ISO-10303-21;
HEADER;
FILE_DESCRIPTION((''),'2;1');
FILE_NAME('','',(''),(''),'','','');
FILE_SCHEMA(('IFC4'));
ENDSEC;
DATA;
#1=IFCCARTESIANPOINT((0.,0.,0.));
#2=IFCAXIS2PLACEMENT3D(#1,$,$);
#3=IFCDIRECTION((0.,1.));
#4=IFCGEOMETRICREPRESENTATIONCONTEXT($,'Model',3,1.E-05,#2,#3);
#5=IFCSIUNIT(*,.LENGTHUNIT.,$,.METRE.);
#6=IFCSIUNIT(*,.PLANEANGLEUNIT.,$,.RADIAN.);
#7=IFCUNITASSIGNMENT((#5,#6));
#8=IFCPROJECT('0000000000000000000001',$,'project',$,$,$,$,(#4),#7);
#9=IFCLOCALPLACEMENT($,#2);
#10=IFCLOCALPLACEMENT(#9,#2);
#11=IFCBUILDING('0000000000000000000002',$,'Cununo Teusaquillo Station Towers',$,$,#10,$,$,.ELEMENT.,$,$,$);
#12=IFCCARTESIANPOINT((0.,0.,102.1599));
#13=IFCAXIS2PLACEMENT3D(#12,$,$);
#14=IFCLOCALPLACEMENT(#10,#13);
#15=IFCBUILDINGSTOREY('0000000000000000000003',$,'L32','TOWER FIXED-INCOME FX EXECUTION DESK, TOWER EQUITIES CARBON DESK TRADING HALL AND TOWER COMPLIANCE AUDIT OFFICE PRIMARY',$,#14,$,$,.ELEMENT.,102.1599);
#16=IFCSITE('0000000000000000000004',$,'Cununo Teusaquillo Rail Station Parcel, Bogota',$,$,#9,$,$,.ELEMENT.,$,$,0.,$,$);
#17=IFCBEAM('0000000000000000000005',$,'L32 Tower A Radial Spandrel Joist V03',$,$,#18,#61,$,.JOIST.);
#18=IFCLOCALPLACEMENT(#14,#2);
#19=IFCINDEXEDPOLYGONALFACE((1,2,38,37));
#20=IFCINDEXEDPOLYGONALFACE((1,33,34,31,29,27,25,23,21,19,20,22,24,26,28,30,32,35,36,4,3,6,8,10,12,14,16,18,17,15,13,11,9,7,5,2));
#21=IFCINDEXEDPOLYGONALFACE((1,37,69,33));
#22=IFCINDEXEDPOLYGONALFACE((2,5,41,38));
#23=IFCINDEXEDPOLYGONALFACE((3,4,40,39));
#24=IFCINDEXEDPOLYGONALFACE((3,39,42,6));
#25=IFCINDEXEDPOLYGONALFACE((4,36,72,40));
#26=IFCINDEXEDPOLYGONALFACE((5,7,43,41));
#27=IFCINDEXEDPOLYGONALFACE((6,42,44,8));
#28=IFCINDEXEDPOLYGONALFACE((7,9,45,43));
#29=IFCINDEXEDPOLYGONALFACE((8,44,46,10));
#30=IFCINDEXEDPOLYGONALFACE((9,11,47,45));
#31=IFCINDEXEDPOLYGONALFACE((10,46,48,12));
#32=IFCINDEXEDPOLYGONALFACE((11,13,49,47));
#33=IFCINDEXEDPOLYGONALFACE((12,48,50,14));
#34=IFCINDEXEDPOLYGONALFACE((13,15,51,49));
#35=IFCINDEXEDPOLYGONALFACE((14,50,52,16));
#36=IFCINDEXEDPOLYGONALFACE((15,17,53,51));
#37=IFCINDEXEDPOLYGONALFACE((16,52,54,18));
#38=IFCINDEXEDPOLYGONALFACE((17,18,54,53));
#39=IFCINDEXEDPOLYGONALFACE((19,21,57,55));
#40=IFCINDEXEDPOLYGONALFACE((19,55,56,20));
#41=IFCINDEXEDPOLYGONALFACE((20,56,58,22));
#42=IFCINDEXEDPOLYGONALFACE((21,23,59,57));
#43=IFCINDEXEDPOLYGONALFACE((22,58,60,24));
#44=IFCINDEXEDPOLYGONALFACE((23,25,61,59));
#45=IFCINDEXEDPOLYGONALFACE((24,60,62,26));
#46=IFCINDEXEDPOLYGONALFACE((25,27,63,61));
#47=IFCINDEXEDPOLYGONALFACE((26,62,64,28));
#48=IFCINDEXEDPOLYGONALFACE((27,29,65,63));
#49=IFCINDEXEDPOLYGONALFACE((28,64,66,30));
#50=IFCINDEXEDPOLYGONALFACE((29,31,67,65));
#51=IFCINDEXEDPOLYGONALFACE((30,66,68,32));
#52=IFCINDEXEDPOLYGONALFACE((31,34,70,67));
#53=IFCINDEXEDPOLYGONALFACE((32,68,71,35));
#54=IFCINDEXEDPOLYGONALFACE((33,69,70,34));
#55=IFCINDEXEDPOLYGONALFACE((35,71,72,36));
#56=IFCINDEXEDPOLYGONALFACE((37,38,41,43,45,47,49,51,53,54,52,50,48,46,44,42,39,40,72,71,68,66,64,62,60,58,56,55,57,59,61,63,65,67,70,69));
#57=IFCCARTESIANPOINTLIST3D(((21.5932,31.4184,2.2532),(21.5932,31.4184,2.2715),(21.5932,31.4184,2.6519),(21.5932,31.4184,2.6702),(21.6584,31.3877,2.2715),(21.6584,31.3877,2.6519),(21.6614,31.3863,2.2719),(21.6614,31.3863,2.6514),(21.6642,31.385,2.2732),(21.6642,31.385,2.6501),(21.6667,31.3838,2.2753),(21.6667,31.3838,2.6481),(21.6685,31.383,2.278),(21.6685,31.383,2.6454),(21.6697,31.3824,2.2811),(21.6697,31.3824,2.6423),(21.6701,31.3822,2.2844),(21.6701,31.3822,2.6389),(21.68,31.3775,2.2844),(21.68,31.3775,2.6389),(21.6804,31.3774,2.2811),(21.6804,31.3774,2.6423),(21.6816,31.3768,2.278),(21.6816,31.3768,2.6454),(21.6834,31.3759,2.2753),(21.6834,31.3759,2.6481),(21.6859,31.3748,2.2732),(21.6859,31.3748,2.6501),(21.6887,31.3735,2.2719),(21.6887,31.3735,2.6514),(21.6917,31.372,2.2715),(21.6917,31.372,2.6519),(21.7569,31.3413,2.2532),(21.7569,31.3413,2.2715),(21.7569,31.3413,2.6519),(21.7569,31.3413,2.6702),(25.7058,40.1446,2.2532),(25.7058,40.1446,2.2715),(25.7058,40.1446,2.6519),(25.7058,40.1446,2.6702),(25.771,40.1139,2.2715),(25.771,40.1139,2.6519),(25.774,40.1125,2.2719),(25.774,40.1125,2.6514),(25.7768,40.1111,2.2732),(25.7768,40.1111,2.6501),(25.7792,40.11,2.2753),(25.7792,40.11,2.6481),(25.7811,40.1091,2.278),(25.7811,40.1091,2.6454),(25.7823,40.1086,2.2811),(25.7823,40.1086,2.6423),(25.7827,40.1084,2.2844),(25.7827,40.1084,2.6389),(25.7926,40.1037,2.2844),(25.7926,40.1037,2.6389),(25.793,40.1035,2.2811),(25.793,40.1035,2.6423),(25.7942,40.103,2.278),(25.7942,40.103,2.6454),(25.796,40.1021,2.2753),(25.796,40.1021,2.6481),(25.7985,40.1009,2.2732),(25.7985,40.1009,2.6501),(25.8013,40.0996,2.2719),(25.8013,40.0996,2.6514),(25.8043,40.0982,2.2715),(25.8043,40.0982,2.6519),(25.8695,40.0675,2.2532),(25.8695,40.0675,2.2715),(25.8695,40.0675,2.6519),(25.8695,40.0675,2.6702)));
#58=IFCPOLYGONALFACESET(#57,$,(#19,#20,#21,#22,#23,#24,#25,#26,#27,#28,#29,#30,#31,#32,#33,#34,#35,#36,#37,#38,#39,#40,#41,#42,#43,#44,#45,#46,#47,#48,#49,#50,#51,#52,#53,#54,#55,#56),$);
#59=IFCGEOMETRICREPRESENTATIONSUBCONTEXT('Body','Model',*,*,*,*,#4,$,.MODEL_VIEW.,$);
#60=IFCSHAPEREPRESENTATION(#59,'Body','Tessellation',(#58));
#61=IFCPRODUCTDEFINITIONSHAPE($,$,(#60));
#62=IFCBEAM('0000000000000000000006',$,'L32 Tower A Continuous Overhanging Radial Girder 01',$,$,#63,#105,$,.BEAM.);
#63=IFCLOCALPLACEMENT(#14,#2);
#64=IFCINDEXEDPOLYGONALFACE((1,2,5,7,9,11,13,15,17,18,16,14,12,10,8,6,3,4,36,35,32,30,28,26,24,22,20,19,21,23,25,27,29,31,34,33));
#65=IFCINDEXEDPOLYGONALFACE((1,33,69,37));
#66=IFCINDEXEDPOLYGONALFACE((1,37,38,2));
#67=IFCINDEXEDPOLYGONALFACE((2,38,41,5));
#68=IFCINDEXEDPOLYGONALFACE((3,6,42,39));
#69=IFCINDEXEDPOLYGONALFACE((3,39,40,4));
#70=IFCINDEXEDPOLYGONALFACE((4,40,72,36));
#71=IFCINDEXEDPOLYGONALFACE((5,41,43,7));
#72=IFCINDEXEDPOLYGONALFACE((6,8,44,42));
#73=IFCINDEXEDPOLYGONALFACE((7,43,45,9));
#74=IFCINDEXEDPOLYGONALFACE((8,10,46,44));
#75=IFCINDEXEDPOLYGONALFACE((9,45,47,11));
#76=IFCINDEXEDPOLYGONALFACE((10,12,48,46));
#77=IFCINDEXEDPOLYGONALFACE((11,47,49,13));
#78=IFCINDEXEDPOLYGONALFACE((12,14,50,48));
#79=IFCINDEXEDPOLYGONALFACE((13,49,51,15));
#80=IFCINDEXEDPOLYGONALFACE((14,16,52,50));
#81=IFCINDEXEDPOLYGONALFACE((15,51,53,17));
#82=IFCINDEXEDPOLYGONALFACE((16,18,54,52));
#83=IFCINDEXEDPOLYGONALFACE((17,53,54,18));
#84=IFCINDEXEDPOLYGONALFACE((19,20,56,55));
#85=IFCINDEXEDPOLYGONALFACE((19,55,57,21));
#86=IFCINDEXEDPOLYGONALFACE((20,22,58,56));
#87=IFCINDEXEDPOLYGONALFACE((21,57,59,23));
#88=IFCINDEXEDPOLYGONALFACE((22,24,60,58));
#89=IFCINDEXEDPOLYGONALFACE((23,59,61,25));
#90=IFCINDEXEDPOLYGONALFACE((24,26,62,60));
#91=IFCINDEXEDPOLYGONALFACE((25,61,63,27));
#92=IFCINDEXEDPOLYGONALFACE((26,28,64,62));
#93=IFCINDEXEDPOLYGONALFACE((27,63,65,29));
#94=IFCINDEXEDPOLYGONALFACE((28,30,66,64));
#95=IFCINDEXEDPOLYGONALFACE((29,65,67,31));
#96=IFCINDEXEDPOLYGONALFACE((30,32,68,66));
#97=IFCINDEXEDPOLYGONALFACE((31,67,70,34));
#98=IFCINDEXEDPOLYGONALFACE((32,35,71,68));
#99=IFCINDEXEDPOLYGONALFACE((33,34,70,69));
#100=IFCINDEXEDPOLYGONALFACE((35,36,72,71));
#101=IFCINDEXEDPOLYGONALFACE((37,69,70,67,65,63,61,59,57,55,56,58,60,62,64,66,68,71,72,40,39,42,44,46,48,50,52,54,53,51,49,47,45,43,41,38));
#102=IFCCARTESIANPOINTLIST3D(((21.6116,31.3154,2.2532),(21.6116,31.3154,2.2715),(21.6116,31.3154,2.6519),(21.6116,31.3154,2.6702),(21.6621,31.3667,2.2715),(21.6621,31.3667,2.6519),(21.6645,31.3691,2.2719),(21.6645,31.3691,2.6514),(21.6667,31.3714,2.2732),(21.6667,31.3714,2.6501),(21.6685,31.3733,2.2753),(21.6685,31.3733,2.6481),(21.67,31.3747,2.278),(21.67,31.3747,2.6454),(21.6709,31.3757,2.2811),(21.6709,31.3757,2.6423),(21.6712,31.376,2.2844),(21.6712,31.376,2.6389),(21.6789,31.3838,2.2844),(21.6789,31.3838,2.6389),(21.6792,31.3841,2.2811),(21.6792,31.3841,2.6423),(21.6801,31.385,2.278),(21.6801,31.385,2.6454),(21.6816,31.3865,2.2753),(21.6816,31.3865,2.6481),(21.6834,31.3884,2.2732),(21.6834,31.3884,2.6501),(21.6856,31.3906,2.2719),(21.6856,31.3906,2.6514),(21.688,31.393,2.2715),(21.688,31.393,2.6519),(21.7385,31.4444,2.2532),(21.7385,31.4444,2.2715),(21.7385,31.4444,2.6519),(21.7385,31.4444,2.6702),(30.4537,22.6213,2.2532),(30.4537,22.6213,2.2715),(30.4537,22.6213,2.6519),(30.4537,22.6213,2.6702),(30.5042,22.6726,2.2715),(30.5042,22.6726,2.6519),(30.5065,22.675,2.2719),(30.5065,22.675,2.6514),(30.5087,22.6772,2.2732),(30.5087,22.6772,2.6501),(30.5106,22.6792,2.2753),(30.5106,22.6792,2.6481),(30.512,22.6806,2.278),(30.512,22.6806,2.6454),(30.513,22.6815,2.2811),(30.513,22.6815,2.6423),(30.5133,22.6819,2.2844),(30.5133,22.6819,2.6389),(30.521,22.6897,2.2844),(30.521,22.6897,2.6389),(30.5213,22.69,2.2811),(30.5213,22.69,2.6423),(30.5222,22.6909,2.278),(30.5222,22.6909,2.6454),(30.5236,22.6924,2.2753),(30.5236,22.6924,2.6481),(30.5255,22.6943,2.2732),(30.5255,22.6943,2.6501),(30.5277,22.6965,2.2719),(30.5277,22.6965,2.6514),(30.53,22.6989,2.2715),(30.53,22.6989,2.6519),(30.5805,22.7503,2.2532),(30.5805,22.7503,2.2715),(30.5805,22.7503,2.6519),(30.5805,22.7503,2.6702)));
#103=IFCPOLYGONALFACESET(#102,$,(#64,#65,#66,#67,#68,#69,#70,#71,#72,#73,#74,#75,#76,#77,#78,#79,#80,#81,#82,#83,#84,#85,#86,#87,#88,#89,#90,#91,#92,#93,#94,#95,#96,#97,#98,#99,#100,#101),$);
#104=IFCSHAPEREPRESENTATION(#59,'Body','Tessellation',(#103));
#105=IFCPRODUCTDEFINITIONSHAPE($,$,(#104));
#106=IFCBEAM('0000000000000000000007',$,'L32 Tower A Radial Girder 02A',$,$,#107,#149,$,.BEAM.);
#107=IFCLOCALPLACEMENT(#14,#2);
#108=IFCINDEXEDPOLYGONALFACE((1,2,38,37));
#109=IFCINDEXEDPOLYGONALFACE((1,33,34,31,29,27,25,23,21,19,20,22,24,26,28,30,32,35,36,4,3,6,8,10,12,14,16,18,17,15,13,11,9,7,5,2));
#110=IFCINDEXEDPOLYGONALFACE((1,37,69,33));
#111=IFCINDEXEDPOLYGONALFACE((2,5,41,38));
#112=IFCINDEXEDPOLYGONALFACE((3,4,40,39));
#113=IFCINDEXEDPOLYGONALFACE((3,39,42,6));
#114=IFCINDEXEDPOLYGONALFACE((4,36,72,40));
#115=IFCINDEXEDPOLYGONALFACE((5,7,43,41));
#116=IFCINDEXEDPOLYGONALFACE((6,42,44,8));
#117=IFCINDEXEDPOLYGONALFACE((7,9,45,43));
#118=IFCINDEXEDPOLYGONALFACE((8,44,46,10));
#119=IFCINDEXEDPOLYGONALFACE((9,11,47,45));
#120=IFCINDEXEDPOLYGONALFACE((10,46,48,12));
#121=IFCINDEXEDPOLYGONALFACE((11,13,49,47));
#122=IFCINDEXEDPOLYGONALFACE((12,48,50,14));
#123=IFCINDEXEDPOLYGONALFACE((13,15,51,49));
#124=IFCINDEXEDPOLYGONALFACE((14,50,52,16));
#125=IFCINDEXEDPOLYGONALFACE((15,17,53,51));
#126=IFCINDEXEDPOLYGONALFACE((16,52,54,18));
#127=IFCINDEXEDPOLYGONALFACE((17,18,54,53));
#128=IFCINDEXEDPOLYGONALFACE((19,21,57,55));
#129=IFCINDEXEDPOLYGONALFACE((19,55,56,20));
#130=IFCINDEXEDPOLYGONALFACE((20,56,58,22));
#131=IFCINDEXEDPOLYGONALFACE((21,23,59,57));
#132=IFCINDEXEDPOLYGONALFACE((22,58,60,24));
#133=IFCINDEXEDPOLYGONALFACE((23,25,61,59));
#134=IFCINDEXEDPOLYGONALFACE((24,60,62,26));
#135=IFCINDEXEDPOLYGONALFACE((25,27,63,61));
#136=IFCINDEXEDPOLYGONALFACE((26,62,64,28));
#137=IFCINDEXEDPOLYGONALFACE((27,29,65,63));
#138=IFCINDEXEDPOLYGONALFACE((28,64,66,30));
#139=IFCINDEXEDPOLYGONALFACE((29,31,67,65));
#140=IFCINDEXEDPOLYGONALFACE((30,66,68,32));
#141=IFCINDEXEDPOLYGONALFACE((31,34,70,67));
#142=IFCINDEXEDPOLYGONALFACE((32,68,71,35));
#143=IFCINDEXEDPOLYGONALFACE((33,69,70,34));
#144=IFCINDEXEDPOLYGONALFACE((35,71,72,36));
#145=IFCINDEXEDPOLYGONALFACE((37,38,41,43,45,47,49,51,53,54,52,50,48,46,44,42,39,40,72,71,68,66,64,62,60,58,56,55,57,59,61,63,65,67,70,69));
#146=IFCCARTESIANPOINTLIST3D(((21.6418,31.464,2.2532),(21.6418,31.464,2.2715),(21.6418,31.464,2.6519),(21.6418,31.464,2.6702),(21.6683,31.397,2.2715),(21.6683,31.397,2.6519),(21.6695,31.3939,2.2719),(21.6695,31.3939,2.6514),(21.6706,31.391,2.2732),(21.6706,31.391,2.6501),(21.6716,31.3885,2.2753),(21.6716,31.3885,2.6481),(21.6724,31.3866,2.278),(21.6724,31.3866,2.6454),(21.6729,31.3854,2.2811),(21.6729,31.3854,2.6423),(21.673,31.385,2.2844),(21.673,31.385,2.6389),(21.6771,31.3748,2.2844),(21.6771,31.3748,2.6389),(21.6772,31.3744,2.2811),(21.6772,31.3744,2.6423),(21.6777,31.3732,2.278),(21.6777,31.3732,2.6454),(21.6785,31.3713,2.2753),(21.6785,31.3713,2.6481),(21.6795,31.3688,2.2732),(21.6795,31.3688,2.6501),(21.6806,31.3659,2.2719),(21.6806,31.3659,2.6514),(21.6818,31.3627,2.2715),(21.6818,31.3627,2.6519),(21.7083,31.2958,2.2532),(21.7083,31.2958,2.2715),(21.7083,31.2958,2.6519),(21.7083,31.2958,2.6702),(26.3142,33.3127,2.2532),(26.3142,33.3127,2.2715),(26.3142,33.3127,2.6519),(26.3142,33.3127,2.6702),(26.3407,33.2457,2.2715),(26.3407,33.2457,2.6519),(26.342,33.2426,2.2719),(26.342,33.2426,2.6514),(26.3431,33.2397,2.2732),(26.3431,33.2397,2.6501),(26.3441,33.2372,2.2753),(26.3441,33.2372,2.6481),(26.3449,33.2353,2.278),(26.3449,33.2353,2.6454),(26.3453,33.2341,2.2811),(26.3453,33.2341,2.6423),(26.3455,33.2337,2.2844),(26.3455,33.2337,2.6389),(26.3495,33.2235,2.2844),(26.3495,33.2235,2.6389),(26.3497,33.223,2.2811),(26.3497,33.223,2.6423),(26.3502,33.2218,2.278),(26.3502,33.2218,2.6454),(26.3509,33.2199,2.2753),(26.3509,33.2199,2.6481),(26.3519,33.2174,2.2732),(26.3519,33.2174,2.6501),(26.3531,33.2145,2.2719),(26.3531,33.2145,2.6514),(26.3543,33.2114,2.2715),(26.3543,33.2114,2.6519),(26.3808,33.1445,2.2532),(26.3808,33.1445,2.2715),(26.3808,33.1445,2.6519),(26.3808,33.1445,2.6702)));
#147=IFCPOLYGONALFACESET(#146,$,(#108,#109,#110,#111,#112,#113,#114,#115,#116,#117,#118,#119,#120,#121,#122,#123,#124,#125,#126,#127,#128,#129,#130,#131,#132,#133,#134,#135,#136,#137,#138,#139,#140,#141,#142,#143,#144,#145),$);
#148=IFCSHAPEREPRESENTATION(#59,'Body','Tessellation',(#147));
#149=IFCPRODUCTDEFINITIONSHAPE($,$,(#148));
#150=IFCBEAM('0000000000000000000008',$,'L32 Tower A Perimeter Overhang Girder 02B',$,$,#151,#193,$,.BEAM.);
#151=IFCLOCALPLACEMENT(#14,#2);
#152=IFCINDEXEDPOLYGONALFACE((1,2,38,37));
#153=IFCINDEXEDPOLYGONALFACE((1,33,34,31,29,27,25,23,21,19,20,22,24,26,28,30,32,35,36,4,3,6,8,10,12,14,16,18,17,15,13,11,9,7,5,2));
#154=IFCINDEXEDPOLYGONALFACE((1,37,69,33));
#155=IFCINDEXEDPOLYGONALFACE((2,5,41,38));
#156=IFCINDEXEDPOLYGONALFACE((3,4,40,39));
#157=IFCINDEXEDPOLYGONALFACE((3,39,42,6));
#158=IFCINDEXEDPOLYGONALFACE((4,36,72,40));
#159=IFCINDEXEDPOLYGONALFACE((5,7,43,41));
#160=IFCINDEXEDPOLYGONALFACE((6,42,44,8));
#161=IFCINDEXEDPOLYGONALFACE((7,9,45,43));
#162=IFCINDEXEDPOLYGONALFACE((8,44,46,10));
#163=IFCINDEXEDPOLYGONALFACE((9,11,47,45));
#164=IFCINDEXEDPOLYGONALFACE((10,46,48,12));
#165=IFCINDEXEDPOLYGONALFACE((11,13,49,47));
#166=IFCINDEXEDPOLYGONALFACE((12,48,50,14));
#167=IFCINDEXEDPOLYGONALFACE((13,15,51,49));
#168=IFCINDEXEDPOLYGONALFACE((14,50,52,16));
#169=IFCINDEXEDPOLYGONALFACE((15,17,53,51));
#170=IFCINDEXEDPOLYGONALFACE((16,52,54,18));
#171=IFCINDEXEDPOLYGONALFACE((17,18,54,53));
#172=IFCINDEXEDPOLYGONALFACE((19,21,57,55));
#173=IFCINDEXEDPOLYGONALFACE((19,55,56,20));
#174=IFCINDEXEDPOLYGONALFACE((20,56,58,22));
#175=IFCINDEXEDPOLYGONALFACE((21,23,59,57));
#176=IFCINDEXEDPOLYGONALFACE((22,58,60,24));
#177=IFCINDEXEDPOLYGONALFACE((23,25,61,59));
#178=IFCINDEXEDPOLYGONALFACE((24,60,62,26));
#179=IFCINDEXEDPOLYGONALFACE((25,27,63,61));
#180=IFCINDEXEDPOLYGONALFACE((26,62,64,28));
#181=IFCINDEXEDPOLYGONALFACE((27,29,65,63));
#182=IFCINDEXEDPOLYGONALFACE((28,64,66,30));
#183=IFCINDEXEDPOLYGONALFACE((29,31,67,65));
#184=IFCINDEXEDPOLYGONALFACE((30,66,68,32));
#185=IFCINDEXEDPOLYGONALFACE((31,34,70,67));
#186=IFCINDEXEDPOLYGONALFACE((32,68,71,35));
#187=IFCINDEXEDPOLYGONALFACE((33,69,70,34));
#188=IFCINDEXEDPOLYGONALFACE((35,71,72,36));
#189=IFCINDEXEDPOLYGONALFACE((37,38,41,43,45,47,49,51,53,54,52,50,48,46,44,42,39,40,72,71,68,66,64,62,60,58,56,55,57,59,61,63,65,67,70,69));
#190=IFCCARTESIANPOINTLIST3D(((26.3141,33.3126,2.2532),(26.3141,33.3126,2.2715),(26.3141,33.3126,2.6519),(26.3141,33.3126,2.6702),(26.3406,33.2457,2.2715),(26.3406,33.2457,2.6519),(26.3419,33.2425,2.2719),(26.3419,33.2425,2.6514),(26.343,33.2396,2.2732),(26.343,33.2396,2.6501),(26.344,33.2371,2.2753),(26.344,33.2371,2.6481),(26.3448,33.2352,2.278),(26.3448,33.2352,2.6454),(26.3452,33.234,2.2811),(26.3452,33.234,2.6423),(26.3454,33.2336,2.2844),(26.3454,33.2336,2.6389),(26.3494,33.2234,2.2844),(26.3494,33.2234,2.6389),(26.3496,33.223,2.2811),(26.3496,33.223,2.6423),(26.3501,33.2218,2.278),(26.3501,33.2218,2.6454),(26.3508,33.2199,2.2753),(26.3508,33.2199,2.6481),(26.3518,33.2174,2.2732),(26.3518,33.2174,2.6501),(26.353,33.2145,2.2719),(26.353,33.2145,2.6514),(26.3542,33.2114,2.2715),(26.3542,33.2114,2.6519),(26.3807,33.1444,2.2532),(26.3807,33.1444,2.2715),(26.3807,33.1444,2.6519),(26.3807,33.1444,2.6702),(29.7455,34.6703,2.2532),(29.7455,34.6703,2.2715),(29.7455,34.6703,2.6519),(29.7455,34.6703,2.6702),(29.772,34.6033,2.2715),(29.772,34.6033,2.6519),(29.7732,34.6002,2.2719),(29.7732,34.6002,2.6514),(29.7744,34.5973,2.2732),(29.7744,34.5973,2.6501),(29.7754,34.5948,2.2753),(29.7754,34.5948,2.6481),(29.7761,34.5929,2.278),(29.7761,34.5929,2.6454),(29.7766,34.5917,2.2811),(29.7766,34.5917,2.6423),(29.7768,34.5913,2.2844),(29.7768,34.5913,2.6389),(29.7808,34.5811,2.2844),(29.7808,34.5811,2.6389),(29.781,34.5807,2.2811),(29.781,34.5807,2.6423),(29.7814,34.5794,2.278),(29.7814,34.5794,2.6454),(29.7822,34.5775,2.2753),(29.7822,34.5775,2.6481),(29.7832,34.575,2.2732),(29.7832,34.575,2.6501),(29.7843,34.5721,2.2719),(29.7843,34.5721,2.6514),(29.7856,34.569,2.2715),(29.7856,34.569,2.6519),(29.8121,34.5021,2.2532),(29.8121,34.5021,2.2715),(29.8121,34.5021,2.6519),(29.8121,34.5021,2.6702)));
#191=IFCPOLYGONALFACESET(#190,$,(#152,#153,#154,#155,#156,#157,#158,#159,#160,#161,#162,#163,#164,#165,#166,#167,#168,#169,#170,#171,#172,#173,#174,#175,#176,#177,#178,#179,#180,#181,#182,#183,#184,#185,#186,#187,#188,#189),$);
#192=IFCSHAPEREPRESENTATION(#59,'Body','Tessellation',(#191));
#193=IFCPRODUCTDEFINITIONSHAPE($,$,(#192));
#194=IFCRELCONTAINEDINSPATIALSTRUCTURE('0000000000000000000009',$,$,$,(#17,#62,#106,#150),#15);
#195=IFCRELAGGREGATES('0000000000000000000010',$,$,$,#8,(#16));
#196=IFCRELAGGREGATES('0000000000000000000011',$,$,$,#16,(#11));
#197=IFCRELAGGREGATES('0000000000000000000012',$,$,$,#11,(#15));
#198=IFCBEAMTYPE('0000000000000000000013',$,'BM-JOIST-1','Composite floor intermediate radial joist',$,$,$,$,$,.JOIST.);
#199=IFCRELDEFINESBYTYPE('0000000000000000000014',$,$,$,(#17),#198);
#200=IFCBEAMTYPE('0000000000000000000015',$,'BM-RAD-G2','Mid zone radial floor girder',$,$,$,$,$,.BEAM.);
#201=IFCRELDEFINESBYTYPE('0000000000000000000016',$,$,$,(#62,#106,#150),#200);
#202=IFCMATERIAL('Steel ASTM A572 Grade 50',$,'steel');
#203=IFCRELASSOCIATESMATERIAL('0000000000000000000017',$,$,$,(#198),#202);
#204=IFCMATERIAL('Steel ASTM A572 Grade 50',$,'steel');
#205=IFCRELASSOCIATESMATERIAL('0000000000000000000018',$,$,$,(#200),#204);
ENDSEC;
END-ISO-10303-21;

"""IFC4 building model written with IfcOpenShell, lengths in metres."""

from ifc_helpers import new_model, si_unit, direction, frame, origin, origin_2d, place, context, subcontext, project, spatial, i_section, extrude, material, material_profile, profile_set, type_object, element, save


model = new_model("IFC4")

# Units and contexts
model_context = context("Model", 3, precision=1e-05, world=origin(), true_north=direction((0.0, 1.0)))
body_context = subcontext(model_context, "Body", "Model", "MODEL_VIEW")
ifc_project = project(units=[si_unit("LENGTHUNIT", "METRE"), si_unit("PLANEANGLEUNIT", "RADIAN")], contexts=[model_context])

# Site, building, storey
site_placement = place(None, origin())
site = spatial("IfcSite", under=ifc_project, at=site_placement, Name="Cununo Teusaquillo Rail Station Parcel, Bogota", CompositionType="ELEMENT", RefElevation=0.0)
building_placement = place(site_placement, origin())
building = spatial("IfcBuilding", under=site, at=building_placement, Name="Cununo Teusaquillo Station Towers", CompositionType="ELEMENT")
storey_placement = place(building_placement, frame((0.0, 0.0, 102.1599)))
storey = spatial("IfcBuildingStorey", under=building, at=storey_placement, Name="L32", Description="TOWER FIXED-INCOME FX EXECUTION DESK, TOWER EQUITIES CARBON DESK TRADING HALL AND TOWER COMPLIANCE AUDIT OFFICE PRIMARY", CompositionType="ELEMENT", Elevation=102.1599)

# Beams
ifc_material_1 = material(Name="Steel ASTM A572 Grade 50", Category="steel")
ifc_material_profile_1 = material_profile(ifc_material_1, i_section(OverallWidth=0.1809, OverallDepth=0.417, WebThickness=0.011, FlangeThickness=0.0183, FilletRadius=0.0129, at=origin_2d()), Name="W16X57")
ifc_profile_set_1 = profile_set([ifc_material_profile_1], Name="Steel ASTM A572 Grade 50")
beam_type_1 = type_object("IfcBeamType", Name="BM-JOIST-1", Description="Composite floor intermediate radial joist", PredefinedType="JOIST", material=ifc_profile_set_1)
beam_1_placement = place(storey_placement, frame((21.675, 31.3799, 2.4617), z_axis=(0.42632, 0.904572, 0.0), x_axis=(-0.904572, 0.42632, 0.0)))
element("IfcBeam", 1, at=beam_1_placement, inside=storey, type_object=beam_type_1, Name="L32 Tower A Radial Spandrel Joist V03", PredefinedType="JOIST", context=body_context, shape_type="SweptSolid", body=[
    extrude(i_section(OverallWidth=0.1809, OverallDepth=0.417, WebThickness=0.011, FlangeThickness=0.0183, FilletRadius=0.0129, at=origin_2d()), origin(), (0.0, 0.0, 1.0), 9.6467),
])
ifc_material_2 = material(Name="Steel ASTM A572 Grade 50", Category="steel")
ifc_material_profile_2 = material_profile(ifc_material_2, i_section(OverallWidth=0.1809, OverallDepth=0.417, WebThickness=0.011, FlangeThickness=0.0183, FilletRadius=0.0129, at=origin_2d()), Name="W16X57")
ifc_profile_set_2 = profile_set([ifc_material_profile_2], Name="Steel ASTM A572 Grade 50")
beam_type_2 = type_object("IfcBeamType", Name="BM-RAD-G2", Description="Mid zone radial floor girder", PredefinedType="BEAM", material=ifc_profile_set_2)
beam_2_placement = place(storey_placement, frame((21.675, 31.3799, 2.4617), z_axis=(0.713047, -0.701116, 0.0), x_axis=(0.701116, 0.713047, 0.0)))
element("IfcBeam", 2, at=beam_2_placement, inside=storey, type_object=beam_type_2, Name="L32 Tower A Continuous Overhanging Radial Girder 01", PredefinedType="BEAM", context=body_context, shape_type="SweptSolid", body=[
    extrude(i_section(OverallWidth=0.1809, OverallDepth=0.417, WebThickness=0.011, FlangeThickness=0.0183, FilletRadius=0.0129, at=origin_2d()), origin(), (0.0, 0.0, 1.0), 12.4004),
])
beam_3_placement = place(storey_placement, frame((21.675, 31.3799, 2.4617), z_axis=(0.929864, 0.367903, 0.0), x_axis=(-0.367903, 0.929864, 0.0)))
element("IfcBeam", 3, at=beam_3_placement, inside=storey, type_object=beam_type_2, Name="L32 Tower A Radial Girder 02A", PredefinedType="BEAM", context=body_context, shape_type="SweptSolid", body=[
    extrude(i_section(OverallWidth=0.1809, OverallDepth=0.417, WebThickness=0.011, FlangeThickness=0.0183, FilletRadius=0.0129, at=origin_2d()), origin(), (0.0, 0.0, 1.0), 5.0249),
])
beam_4_placement = place(storey_placement, frame((26.3474, 33.2285, 2.4617), z_axis=(0.929862, 0.367909, 0.0), x_axis=(-0.367909, 0.929862, 0.0)))
element("IfcBeam", 4, at=beam_4_placement, inside=storey, type_object=beam_type_2, Name="L32 Tower A Perimeter Overhang Girder 02B", PredefinedType="BEAM", context=body_context, shape_type="SweptSolid", body=[
    extrude(i_section(OverallWidth=0.1809, OverallDepth=0.417, WebThickness=0.011, FlangeThickness=0.0183, FilletRadius=0.0129, at=origin_2d()), origin(), (0.0, 0.0, 1.0), 3.6902),
])

save(model, "model.ifc")
